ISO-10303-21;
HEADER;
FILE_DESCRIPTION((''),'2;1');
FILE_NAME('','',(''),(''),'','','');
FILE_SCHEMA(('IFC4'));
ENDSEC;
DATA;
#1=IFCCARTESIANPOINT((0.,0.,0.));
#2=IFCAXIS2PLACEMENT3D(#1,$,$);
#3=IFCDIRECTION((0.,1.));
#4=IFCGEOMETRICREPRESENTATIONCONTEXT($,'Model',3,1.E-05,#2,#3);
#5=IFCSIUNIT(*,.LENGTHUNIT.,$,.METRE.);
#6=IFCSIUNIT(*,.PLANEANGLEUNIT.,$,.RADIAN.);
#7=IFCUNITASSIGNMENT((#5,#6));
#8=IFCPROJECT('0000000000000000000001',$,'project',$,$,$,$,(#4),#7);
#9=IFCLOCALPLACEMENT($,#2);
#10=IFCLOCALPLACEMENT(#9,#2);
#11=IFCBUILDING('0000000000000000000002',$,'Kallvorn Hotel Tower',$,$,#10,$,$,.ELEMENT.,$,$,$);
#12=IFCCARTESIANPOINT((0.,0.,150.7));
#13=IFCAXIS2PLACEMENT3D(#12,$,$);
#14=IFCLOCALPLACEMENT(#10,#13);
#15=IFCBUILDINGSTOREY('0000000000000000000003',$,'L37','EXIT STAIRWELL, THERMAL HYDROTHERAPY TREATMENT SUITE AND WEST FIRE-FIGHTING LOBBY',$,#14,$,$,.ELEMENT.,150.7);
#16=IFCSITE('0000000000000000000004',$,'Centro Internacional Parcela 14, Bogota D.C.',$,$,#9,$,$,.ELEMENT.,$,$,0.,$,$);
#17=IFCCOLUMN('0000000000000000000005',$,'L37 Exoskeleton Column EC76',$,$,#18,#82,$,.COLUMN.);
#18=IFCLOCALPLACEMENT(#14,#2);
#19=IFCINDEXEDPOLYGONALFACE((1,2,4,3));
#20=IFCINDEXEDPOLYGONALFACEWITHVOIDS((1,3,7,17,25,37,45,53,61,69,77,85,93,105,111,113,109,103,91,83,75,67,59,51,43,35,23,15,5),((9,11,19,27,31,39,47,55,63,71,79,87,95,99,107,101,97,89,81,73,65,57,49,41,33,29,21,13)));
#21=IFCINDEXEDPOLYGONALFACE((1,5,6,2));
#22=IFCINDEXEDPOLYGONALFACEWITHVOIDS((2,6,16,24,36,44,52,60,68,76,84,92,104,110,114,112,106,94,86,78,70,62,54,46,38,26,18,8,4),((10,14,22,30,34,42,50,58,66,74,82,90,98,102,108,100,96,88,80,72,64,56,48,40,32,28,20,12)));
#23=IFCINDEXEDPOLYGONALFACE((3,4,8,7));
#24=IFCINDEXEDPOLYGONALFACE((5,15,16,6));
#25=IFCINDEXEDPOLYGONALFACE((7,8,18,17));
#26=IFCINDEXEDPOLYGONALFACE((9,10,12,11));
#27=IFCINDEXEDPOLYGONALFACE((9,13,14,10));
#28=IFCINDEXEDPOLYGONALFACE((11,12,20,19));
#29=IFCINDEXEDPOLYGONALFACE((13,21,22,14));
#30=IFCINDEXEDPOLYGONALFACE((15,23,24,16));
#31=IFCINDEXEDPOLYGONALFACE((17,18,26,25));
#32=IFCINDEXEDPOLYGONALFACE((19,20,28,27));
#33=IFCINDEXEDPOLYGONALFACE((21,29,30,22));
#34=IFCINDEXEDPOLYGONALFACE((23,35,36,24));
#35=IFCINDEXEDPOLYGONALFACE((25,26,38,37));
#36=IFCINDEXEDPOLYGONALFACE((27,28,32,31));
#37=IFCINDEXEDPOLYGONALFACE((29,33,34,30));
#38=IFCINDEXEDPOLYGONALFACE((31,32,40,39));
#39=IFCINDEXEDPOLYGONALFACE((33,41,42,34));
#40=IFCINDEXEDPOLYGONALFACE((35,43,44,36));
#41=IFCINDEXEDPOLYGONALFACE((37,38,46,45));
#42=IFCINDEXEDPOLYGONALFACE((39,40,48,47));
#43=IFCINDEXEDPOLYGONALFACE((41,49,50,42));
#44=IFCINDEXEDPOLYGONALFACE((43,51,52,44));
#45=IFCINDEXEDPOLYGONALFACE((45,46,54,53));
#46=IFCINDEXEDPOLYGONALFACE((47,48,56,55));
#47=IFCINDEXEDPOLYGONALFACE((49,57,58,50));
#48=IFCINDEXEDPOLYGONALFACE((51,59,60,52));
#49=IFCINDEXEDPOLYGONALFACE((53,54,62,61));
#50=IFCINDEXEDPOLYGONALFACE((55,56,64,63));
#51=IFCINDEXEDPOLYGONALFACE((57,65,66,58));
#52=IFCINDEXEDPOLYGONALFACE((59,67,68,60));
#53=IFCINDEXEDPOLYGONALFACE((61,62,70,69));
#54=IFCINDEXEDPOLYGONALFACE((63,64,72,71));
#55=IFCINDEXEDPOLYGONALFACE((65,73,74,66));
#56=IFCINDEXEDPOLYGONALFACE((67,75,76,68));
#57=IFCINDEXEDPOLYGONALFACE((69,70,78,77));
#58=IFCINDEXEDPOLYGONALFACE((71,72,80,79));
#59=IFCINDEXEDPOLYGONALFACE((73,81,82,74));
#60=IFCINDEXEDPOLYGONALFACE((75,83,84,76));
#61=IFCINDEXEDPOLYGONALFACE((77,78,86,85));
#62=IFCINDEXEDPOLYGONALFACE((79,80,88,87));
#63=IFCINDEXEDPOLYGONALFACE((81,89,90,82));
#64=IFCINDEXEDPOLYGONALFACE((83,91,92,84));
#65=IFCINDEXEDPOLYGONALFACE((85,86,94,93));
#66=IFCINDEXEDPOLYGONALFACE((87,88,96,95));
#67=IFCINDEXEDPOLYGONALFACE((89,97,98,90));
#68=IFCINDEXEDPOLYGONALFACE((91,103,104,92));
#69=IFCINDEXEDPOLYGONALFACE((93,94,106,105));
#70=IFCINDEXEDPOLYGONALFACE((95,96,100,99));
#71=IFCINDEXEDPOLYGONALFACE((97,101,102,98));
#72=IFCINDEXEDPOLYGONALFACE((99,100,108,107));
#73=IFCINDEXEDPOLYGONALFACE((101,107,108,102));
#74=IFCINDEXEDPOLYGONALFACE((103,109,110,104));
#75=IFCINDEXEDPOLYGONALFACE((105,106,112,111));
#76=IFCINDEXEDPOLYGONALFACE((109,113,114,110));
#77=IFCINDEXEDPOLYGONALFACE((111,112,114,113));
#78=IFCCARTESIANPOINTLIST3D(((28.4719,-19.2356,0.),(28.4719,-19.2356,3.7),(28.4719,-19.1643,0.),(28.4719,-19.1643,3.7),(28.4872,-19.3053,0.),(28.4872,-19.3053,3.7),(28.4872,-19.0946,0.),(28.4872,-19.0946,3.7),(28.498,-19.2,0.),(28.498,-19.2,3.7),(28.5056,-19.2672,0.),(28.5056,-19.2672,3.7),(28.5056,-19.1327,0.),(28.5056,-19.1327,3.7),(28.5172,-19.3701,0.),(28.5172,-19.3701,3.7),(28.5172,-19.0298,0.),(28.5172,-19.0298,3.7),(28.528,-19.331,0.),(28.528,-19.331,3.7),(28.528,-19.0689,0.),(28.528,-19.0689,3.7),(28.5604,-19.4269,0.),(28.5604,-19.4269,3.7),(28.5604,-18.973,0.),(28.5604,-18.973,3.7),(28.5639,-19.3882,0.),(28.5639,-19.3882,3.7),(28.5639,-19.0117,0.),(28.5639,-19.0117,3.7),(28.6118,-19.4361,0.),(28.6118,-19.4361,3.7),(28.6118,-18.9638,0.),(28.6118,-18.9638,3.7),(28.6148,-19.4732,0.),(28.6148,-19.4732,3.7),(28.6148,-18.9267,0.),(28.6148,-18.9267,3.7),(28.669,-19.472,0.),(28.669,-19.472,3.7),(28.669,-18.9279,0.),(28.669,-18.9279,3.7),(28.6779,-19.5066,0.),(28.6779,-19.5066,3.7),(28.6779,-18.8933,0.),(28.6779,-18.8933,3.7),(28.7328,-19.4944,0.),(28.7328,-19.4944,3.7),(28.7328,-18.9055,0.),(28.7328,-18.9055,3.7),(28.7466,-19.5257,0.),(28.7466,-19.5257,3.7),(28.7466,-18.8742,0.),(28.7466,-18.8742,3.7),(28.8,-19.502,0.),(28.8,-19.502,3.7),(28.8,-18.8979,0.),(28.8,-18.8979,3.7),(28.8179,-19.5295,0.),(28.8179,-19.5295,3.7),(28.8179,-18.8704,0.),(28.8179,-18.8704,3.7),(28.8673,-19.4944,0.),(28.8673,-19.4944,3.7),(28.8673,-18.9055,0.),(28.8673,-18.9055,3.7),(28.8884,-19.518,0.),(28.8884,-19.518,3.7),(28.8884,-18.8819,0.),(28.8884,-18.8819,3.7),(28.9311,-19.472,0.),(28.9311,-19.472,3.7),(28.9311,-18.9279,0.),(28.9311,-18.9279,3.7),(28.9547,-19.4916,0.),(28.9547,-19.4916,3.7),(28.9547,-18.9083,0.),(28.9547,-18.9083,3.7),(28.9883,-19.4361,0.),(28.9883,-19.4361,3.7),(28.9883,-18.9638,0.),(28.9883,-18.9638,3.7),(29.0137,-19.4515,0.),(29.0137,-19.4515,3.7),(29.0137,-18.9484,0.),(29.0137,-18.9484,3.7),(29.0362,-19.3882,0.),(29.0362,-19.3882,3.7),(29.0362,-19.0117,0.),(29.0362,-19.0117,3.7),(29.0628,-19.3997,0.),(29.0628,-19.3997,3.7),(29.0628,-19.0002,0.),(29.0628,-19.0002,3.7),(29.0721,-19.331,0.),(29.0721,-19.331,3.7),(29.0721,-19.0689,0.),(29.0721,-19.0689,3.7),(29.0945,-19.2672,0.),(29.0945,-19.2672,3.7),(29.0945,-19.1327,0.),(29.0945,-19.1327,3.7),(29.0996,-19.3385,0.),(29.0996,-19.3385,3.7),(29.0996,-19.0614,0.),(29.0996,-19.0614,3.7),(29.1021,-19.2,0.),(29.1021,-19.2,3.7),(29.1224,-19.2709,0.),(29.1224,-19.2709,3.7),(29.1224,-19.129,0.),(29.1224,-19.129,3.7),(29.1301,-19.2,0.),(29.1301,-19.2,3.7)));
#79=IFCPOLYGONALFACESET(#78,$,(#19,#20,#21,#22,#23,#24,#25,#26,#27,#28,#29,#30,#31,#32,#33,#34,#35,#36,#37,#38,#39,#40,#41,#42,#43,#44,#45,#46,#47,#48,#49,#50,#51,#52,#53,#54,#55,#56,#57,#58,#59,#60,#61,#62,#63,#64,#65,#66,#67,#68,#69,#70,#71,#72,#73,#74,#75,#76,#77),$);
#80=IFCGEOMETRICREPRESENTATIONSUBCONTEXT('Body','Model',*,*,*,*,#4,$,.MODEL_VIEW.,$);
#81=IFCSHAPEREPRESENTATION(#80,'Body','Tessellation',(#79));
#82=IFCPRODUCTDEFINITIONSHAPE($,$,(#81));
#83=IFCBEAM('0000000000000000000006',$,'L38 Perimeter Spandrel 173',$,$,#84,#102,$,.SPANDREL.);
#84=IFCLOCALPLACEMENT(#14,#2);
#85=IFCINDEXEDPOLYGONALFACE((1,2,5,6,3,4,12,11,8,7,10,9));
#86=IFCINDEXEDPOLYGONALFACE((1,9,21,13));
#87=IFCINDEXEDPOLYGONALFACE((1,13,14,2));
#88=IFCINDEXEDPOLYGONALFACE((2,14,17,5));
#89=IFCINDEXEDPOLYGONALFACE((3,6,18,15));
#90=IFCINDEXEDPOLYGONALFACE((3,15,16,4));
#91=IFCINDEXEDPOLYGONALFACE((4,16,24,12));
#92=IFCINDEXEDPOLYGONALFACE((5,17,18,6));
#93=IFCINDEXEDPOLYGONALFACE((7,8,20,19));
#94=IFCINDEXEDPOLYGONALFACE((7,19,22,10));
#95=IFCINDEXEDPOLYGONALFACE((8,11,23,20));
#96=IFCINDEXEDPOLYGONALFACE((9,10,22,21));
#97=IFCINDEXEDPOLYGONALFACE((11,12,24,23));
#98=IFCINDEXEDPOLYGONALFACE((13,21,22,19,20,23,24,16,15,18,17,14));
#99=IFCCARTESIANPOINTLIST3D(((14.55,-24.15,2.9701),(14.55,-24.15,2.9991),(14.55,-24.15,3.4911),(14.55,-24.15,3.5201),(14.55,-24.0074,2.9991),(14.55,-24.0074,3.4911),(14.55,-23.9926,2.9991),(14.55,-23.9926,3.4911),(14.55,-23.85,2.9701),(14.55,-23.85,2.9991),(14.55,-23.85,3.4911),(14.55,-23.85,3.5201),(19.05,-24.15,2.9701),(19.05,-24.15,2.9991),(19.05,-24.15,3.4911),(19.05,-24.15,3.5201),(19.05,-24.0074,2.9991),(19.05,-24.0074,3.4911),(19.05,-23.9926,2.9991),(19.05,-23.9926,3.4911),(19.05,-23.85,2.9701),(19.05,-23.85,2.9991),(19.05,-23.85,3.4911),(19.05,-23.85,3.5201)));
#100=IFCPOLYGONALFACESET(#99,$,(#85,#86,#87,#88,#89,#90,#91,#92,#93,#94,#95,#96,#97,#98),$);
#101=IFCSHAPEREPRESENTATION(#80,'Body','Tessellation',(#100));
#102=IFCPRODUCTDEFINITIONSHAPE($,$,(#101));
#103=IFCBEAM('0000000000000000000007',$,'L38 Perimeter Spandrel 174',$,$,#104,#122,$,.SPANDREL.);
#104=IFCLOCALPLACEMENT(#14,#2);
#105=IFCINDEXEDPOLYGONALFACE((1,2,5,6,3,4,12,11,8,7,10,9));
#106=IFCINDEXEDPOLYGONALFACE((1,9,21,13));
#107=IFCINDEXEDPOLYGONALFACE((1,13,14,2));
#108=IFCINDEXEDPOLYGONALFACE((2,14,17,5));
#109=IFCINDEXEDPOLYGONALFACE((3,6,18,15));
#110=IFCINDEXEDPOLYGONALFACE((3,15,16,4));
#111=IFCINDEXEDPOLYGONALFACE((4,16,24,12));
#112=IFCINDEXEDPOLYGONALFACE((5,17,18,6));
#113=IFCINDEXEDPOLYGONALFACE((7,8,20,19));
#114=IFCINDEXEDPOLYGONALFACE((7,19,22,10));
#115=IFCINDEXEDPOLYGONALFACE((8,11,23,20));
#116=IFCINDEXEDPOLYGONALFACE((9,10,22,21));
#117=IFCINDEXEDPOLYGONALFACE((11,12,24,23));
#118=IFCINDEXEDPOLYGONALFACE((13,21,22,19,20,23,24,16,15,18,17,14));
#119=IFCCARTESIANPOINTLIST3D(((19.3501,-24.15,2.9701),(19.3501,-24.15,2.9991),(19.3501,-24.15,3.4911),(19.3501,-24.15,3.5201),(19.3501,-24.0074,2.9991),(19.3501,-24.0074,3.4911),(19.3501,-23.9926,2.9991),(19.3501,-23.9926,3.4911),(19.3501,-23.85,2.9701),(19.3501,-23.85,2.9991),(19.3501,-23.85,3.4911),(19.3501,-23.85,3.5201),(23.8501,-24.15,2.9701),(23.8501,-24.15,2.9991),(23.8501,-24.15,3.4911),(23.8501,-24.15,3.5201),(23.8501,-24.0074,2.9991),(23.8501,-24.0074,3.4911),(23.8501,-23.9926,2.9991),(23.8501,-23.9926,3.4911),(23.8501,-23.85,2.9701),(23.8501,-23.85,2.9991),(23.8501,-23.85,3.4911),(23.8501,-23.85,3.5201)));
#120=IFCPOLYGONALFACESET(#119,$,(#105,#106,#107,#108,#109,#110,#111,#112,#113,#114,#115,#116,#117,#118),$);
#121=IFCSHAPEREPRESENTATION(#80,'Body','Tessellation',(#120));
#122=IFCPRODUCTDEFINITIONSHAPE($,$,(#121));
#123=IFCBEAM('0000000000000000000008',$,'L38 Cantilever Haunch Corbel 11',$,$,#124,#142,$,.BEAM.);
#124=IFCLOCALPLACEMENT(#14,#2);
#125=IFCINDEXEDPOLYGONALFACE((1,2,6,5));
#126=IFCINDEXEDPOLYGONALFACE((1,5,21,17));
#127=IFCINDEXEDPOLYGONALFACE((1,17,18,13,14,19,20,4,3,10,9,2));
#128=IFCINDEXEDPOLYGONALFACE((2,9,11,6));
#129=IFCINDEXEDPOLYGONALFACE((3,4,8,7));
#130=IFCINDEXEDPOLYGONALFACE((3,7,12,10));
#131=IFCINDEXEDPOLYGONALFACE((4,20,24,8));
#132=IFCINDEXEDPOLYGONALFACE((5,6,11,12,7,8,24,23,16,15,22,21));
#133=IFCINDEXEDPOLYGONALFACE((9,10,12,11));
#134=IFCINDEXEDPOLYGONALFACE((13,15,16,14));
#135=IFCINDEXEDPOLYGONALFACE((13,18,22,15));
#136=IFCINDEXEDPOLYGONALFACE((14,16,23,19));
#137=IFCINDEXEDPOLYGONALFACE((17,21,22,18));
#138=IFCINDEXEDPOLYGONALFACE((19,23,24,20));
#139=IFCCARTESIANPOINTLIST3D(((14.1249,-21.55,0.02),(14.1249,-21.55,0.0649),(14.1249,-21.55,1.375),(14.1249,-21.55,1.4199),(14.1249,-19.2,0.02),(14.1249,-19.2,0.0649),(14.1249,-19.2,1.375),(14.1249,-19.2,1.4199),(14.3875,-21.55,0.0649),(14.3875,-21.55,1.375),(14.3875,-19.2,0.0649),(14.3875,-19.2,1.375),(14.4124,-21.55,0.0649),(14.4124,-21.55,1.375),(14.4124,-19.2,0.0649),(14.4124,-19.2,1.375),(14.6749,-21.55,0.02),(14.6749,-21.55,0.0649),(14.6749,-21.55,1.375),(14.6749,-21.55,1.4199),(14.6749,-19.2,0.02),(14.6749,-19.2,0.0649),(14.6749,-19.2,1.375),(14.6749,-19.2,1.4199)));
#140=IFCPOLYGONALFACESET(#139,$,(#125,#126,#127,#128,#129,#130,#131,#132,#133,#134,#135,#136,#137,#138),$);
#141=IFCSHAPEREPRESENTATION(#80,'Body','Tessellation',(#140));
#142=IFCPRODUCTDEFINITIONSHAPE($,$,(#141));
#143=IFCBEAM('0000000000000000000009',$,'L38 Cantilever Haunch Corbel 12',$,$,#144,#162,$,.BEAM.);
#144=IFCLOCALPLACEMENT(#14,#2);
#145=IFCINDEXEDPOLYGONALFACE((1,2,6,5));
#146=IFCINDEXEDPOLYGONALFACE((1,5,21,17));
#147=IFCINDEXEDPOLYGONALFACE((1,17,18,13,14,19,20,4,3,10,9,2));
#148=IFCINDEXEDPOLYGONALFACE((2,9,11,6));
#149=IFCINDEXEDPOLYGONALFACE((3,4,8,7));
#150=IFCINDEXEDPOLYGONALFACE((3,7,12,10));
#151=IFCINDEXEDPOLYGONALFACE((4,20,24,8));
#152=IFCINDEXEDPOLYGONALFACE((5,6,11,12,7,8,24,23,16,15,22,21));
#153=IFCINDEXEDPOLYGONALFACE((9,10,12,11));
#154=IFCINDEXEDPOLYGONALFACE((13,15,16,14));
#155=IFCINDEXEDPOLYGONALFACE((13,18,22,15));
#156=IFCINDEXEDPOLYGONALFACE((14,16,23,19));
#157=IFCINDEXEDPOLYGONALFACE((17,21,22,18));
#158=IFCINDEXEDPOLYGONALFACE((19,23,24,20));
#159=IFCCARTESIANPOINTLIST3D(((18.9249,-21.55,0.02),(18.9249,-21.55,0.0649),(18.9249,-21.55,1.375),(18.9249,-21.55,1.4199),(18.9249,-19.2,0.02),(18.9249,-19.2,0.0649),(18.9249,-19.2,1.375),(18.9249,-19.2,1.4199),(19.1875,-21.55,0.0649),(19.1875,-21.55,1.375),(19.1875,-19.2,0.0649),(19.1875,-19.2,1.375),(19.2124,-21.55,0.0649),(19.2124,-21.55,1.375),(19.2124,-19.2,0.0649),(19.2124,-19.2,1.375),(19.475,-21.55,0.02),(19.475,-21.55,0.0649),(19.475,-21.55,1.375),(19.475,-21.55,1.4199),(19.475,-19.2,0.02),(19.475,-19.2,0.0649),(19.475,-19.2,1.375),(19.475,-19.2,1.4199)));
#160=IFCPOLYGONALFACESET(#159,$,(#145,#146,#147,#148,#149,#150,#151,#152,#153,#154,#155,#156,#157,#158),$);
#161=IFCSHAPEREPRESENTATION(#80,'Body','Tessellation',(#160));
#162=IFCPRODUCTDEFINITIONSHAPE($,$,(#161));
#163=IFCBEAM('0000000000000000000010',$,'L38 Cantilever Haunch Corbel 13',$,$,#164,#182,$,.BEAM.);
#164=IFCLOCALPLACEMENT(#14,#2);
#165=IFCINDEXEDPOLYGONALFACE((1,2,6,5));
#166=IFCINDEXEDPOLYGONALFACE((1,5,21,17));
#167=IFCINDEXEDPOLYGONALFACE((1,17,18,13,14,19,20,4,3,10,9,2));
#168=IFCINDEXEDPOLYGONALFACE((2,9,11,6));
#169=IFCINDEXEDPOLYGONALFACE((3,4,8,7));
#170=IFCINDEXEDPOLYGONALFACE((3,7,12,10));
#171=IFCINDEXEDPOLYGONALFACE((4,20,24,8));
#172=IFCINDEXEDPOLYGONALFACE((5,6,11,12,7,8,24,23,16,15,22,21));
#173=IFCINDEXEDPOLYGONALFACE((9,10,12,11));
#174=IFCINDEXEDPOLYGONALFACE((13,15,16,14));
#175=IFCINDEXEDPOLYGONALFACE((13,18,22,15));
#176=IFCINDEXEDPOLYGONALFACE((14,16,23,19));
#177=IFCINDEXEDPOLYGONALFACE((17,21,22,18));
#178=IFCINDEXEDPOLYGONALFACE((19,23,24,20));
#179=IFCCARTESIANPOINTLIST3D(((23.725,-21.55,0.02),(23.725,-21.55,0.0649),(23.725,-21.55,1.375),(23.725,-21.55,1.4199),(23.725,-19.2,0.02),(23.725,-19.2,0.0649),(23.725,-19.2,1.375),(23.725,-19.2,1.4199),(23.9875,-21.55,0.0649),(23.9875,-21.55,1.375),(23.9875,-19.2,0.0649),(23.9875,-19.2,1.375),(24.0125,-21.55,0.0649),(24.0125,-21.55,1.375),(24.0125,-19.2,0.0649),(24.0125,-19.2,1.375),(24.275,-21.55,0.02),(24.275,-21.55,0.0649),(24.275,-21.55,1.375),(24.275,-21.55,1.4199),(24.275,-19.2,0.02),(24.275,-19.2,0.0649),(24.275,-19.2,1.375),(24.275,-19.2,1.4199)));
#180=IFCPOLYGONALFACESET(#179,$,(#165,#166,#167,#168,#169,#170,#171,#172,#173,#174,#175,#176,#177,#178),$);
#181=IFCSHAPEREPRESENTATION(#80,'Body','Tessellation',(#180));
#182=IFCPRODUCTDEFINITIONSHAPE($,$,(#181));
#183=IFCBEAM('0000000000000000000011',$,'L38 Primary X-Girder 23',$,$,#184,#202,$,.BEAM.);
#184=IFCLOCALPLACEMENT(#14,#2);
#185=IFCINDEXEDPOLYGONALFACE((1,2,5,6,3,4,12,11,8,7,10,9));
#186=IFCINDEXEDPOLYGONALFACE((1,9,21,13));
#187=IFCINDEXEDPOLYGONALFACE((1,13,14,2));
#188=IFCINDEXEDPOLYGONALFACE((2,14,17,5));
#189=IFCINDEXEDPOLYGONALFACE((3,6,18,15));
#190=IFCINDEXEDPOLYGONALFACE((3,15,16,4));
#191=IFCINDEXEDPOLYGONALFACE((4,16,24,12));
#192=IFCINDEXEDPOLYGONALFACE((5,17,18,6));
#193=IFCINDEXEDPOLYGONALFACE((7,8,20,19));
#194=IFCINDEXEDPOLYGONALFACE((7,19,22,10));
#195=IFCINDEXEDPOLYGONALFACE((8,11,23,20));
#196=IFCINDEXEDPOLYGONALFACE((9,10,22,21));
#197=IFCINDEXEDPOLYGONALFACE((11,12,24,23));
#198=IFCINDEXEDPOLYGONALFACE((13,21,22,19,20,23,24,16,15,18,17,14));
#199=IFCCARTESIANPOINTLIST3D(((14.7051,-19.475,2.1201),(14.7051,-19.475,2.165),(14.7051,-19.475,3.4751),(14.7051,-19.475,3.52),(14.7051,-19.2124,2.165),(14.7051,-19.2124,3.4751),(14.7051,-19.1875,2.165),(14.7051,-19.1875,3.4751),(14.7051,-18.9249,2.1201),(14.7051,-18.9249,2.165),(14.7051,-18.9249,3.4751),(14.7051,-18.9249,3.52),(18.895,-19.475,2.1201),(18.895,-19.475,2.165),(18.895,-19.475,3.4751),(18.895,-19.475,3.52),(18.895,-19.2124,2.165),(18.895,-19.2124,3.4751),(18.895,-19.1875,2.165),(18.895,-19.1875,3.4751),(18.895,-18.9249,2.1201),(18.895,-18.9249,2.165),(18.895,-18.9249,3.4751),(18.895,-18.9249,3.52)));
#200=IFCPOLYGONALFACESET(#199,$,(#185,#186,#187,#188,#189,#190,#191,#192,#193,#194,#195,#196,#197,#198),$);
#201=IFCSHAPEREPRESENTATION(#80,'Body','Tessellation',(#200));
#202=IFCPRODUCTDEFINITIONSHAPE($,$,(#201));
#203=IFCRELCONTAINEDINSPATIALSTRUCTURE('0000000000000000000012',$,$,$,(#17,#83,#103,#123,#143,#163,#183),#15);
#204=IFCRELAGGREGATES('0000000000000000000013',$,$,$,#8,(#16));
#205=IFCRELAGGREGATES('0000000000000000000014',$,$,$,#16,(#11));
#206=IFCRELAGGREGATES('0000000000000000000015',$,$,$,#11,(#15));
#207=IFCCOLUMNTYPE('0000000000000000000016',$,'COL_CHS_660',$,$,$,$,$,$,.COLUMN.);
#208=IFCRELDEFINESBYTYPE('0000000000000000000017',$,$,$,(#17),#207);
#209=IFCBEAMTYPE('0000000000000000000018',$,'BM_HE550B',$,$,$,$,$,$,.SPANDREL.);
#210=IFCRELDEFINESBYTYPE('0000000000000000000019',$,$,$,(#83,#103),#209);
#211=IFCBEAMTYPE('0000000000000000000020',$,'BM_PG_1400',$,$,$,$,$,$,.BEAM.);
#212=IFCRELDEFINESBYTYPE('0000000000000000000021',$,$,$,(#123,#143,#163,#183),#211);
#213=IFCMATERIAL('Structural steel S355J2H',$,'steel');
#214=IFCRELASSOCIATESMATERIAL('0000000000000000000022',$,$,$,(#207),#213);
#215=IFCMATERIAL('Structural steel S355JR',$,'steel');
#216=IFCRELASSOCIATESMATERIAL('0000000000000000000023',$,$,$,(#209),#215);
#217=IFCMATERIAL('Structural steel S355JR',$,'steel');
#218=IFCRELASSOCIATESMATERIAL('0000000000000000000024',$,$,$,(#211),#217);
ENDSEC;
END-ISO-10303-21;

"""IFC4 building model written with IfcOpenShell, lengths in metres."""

from ifc_helpers import new_model, si_unit, direction, frame, origin, origin_2d, place, context, subcontext, project, spatial, hollow_circle, i_section, extrude, material, material_profile, profile_set, type_object, element, save


model = new_model("IFC4")

# Units and contexts
model_context = context("Model", 3, precision=1e-05, world=origin(), true_north=direction((0.0, 1.0)))
body_context = subcontext(model_context, "Body", "Model", "MODEL_VIEW")
ifc_project = project(units=[si_unit("LENGTHUNIT", "METRE"), si_unit("PLANEANGLEUNIT", "RADIAN")], contexts=[model_context])

# Site, building, storey
site_placement = place(None, origin())
site = spatial("IfcSite", under=ifc_project, at=site_placement, Name="Centro Internacional Parcela 14, Bogota D.C.", CompositionType="ELEMENT", RefElevation=0.0)
building_placement = place(site_placement, origin())
building = spatial("IfcBuilding", under=site, at=building_placement, Name="Kallvorn Hotel Tower", CompositionType="ELEMENT")
storey_placement = place(building_placement, frame((0.0, 0.0, 150.7)))
storey = spatial("IfcBuildingStorey", under=building, at=storey_placement, Name="L37", Description="EXIT STAIRWELL, THERMAL HYDROTHERAPY TREATMENT SUITE AND WEST FIRE-FIGHTING LOBBY", CompositionType="ELEMENT", Elevation=150.7)

# Column
ifc_material_1 = material(Name="Structural steel S355J2H", Category="steel")
ifc_material_profile_1 = material_profile(ifc_material_1, hollow_circle(Radius=0.3301, WallThickness=0.0281, at=origin_2d()), Name="CHS 660x28")
ifc_profile_set_1 = profile_set([ifc_material_profile_1], Name="Structural steel S355J2H")
column_type_1 = type_object("IfcColumnType", Name="COL_CHS_660", PredefinedType="COLUMN", material=ifc_profile_set_1)
for number, where, z_axis, x_axis, name in (
    (1, (28.8, -19.2, 0.0), (0.0, 0.0, 1.0), (1.0, 0.0, 0.0), "L37 Exoskeleton Column EC76"),
):
    element("IfcColumn", number, at=place(storey_placement, frame(where, z_axis=z_axis, x_axis=x_axis)), inside=storey, type_object=column_type_1, Name=name, PredefinedType="COLUMN", context=body_context, shape_type="SweptSolid", body=[
        extrude(hollow_circle(Radius=0.3301, WallThickness=0.0281, at=origin_2d()), origin(), (0.0, 0.0, 1.0), 3.7),
    ])

# Beams
ifc_material_2 = material(Name="Structural steel S355JR", Category="steel")
ifc_material_profile_2 = material_profile(ifc_material_2, i_section(OverallWidth=0.3, OverallDepth=0.55, WebThickness=0.0149, FlangeThickness=0.0291, at=origin_2d()), Name="HE 550 B")
ifc_profile_set_2 = profile_set([ifc_material_profile_2], Name="Structural steel S355JR")
beam_type_1 = type_object("IfcBeamType", Name="BM_HE550B", PredefinedType="SPANDREL", material=ifc_profile_set_2)
for number, where, z_axis, x_axis, name in (
    (2, (14.55, -24.0, 3.2451), (1.0, 0.0, 0.0), (0.0, 1.0, 0.0), "L38 Perimeter Spandrel 173"),
    (3, (19.3501, -24.0, 3.2451), (1.0, 0.0, 0.0), (0.0, 1.0, 0.0), "L38 Perimeter Spandrel 174"),
):
    element("IfcBeam", number, at=place(storey_placement, frame(where, z_axis=z_axis, x_axis=x_axis)), inside=storey, type_object=beam_type_1, Name=name, PredefinedType="SPANDREL", context=body_context, shape_type="SweptSolid", body=[
        extrude(i_section(OverallWidth=0.3, OverallDepth=0.55, WebThickness=0.0149, FlangeThickness=0.0291, at=origin_2d()), origin(), (0.0, 0.0, 1.0), 4.5),
    ])
ifc_material_3 = material(Name="Structural steel S355JR", Category="steel")
ifc_material_profile_3 = material_profile(ifc_material_3, i_section(OverallWidth=0.55, OverallDepth=1.3999, WebThickness=0.0249, FlangeThickness=0.0449, at=origin_2d()), Name="PG 1400x550x25x45")
ifc_profile_set_3 = profile_set([ifc_material_profile_3], Name="Structural steel S355JR")
beam_type_2 = type_object("IfcBeamType", Name="BM_PG_1400", PredefinedType="BEAM", material=ifc_profile_set_3)
for number, where, z_axis, x_axis, name in (
    (4, (14.3999, -19.2, 0.72), (0.0, -1.0, 0.0), (1.0, 0.0, 0.0), "L38 Cantilever Haunch Corbel 11"),
    (5, (19.2, -19.2, 0.72), (0.0, -1.0, 0.0), (1.0, 0.0, 0.0), "L38 Cantilever Haunch Corbel 12"),
    (6, (24.0, -19.2, 0.72), (0.0, -1.0, 0.0), (1.0, 0.0, 0.0), "L38 Cantilever Haunch Corbel 13"),
):
    element("IfcBeam", number, at=place(storey_placement, frame(where, z_axis=z_axis, x_axis=x_axis)), inside=storey, type_object=beam_type_2, Name=name, PredefinedType="BEAM", context=body_context, shape_type="SweptSolid", body=[
        extrude(i_section(OverallWidth=0.55, OverallDepth=1.3999, WebThickness=0.0249, FlangeThickness=0.0449, at=origin_2d()), origin(), (0.0, 0.0, 1.0), 2.3501),
    ])
beam_1_placement = place(storey_placement, frame((14.7051, -19.2, 2.8201), z_axis=(1.0, 0.0, 0.0), x_axis=(0.0, 1.0, 0.0)))
element("IfcBeam", 7, at=beam_1_placement, inside=storey, type_object=beam_type_2, Name="L38 Primary X-Girder 23", PredefinedType="BEAM", context=body_context, shape_type="SweptSolid", body=[
    extrude(i_section(OverallWidth=0.55, OverallDepth=1.3999, WebThickness=0.0249, FlangeThickness=0.0449, at=origin_2d()), origin(), (0.0, 0.0, 1.0), 4.1899),
])

save(model, "model.ifc")
